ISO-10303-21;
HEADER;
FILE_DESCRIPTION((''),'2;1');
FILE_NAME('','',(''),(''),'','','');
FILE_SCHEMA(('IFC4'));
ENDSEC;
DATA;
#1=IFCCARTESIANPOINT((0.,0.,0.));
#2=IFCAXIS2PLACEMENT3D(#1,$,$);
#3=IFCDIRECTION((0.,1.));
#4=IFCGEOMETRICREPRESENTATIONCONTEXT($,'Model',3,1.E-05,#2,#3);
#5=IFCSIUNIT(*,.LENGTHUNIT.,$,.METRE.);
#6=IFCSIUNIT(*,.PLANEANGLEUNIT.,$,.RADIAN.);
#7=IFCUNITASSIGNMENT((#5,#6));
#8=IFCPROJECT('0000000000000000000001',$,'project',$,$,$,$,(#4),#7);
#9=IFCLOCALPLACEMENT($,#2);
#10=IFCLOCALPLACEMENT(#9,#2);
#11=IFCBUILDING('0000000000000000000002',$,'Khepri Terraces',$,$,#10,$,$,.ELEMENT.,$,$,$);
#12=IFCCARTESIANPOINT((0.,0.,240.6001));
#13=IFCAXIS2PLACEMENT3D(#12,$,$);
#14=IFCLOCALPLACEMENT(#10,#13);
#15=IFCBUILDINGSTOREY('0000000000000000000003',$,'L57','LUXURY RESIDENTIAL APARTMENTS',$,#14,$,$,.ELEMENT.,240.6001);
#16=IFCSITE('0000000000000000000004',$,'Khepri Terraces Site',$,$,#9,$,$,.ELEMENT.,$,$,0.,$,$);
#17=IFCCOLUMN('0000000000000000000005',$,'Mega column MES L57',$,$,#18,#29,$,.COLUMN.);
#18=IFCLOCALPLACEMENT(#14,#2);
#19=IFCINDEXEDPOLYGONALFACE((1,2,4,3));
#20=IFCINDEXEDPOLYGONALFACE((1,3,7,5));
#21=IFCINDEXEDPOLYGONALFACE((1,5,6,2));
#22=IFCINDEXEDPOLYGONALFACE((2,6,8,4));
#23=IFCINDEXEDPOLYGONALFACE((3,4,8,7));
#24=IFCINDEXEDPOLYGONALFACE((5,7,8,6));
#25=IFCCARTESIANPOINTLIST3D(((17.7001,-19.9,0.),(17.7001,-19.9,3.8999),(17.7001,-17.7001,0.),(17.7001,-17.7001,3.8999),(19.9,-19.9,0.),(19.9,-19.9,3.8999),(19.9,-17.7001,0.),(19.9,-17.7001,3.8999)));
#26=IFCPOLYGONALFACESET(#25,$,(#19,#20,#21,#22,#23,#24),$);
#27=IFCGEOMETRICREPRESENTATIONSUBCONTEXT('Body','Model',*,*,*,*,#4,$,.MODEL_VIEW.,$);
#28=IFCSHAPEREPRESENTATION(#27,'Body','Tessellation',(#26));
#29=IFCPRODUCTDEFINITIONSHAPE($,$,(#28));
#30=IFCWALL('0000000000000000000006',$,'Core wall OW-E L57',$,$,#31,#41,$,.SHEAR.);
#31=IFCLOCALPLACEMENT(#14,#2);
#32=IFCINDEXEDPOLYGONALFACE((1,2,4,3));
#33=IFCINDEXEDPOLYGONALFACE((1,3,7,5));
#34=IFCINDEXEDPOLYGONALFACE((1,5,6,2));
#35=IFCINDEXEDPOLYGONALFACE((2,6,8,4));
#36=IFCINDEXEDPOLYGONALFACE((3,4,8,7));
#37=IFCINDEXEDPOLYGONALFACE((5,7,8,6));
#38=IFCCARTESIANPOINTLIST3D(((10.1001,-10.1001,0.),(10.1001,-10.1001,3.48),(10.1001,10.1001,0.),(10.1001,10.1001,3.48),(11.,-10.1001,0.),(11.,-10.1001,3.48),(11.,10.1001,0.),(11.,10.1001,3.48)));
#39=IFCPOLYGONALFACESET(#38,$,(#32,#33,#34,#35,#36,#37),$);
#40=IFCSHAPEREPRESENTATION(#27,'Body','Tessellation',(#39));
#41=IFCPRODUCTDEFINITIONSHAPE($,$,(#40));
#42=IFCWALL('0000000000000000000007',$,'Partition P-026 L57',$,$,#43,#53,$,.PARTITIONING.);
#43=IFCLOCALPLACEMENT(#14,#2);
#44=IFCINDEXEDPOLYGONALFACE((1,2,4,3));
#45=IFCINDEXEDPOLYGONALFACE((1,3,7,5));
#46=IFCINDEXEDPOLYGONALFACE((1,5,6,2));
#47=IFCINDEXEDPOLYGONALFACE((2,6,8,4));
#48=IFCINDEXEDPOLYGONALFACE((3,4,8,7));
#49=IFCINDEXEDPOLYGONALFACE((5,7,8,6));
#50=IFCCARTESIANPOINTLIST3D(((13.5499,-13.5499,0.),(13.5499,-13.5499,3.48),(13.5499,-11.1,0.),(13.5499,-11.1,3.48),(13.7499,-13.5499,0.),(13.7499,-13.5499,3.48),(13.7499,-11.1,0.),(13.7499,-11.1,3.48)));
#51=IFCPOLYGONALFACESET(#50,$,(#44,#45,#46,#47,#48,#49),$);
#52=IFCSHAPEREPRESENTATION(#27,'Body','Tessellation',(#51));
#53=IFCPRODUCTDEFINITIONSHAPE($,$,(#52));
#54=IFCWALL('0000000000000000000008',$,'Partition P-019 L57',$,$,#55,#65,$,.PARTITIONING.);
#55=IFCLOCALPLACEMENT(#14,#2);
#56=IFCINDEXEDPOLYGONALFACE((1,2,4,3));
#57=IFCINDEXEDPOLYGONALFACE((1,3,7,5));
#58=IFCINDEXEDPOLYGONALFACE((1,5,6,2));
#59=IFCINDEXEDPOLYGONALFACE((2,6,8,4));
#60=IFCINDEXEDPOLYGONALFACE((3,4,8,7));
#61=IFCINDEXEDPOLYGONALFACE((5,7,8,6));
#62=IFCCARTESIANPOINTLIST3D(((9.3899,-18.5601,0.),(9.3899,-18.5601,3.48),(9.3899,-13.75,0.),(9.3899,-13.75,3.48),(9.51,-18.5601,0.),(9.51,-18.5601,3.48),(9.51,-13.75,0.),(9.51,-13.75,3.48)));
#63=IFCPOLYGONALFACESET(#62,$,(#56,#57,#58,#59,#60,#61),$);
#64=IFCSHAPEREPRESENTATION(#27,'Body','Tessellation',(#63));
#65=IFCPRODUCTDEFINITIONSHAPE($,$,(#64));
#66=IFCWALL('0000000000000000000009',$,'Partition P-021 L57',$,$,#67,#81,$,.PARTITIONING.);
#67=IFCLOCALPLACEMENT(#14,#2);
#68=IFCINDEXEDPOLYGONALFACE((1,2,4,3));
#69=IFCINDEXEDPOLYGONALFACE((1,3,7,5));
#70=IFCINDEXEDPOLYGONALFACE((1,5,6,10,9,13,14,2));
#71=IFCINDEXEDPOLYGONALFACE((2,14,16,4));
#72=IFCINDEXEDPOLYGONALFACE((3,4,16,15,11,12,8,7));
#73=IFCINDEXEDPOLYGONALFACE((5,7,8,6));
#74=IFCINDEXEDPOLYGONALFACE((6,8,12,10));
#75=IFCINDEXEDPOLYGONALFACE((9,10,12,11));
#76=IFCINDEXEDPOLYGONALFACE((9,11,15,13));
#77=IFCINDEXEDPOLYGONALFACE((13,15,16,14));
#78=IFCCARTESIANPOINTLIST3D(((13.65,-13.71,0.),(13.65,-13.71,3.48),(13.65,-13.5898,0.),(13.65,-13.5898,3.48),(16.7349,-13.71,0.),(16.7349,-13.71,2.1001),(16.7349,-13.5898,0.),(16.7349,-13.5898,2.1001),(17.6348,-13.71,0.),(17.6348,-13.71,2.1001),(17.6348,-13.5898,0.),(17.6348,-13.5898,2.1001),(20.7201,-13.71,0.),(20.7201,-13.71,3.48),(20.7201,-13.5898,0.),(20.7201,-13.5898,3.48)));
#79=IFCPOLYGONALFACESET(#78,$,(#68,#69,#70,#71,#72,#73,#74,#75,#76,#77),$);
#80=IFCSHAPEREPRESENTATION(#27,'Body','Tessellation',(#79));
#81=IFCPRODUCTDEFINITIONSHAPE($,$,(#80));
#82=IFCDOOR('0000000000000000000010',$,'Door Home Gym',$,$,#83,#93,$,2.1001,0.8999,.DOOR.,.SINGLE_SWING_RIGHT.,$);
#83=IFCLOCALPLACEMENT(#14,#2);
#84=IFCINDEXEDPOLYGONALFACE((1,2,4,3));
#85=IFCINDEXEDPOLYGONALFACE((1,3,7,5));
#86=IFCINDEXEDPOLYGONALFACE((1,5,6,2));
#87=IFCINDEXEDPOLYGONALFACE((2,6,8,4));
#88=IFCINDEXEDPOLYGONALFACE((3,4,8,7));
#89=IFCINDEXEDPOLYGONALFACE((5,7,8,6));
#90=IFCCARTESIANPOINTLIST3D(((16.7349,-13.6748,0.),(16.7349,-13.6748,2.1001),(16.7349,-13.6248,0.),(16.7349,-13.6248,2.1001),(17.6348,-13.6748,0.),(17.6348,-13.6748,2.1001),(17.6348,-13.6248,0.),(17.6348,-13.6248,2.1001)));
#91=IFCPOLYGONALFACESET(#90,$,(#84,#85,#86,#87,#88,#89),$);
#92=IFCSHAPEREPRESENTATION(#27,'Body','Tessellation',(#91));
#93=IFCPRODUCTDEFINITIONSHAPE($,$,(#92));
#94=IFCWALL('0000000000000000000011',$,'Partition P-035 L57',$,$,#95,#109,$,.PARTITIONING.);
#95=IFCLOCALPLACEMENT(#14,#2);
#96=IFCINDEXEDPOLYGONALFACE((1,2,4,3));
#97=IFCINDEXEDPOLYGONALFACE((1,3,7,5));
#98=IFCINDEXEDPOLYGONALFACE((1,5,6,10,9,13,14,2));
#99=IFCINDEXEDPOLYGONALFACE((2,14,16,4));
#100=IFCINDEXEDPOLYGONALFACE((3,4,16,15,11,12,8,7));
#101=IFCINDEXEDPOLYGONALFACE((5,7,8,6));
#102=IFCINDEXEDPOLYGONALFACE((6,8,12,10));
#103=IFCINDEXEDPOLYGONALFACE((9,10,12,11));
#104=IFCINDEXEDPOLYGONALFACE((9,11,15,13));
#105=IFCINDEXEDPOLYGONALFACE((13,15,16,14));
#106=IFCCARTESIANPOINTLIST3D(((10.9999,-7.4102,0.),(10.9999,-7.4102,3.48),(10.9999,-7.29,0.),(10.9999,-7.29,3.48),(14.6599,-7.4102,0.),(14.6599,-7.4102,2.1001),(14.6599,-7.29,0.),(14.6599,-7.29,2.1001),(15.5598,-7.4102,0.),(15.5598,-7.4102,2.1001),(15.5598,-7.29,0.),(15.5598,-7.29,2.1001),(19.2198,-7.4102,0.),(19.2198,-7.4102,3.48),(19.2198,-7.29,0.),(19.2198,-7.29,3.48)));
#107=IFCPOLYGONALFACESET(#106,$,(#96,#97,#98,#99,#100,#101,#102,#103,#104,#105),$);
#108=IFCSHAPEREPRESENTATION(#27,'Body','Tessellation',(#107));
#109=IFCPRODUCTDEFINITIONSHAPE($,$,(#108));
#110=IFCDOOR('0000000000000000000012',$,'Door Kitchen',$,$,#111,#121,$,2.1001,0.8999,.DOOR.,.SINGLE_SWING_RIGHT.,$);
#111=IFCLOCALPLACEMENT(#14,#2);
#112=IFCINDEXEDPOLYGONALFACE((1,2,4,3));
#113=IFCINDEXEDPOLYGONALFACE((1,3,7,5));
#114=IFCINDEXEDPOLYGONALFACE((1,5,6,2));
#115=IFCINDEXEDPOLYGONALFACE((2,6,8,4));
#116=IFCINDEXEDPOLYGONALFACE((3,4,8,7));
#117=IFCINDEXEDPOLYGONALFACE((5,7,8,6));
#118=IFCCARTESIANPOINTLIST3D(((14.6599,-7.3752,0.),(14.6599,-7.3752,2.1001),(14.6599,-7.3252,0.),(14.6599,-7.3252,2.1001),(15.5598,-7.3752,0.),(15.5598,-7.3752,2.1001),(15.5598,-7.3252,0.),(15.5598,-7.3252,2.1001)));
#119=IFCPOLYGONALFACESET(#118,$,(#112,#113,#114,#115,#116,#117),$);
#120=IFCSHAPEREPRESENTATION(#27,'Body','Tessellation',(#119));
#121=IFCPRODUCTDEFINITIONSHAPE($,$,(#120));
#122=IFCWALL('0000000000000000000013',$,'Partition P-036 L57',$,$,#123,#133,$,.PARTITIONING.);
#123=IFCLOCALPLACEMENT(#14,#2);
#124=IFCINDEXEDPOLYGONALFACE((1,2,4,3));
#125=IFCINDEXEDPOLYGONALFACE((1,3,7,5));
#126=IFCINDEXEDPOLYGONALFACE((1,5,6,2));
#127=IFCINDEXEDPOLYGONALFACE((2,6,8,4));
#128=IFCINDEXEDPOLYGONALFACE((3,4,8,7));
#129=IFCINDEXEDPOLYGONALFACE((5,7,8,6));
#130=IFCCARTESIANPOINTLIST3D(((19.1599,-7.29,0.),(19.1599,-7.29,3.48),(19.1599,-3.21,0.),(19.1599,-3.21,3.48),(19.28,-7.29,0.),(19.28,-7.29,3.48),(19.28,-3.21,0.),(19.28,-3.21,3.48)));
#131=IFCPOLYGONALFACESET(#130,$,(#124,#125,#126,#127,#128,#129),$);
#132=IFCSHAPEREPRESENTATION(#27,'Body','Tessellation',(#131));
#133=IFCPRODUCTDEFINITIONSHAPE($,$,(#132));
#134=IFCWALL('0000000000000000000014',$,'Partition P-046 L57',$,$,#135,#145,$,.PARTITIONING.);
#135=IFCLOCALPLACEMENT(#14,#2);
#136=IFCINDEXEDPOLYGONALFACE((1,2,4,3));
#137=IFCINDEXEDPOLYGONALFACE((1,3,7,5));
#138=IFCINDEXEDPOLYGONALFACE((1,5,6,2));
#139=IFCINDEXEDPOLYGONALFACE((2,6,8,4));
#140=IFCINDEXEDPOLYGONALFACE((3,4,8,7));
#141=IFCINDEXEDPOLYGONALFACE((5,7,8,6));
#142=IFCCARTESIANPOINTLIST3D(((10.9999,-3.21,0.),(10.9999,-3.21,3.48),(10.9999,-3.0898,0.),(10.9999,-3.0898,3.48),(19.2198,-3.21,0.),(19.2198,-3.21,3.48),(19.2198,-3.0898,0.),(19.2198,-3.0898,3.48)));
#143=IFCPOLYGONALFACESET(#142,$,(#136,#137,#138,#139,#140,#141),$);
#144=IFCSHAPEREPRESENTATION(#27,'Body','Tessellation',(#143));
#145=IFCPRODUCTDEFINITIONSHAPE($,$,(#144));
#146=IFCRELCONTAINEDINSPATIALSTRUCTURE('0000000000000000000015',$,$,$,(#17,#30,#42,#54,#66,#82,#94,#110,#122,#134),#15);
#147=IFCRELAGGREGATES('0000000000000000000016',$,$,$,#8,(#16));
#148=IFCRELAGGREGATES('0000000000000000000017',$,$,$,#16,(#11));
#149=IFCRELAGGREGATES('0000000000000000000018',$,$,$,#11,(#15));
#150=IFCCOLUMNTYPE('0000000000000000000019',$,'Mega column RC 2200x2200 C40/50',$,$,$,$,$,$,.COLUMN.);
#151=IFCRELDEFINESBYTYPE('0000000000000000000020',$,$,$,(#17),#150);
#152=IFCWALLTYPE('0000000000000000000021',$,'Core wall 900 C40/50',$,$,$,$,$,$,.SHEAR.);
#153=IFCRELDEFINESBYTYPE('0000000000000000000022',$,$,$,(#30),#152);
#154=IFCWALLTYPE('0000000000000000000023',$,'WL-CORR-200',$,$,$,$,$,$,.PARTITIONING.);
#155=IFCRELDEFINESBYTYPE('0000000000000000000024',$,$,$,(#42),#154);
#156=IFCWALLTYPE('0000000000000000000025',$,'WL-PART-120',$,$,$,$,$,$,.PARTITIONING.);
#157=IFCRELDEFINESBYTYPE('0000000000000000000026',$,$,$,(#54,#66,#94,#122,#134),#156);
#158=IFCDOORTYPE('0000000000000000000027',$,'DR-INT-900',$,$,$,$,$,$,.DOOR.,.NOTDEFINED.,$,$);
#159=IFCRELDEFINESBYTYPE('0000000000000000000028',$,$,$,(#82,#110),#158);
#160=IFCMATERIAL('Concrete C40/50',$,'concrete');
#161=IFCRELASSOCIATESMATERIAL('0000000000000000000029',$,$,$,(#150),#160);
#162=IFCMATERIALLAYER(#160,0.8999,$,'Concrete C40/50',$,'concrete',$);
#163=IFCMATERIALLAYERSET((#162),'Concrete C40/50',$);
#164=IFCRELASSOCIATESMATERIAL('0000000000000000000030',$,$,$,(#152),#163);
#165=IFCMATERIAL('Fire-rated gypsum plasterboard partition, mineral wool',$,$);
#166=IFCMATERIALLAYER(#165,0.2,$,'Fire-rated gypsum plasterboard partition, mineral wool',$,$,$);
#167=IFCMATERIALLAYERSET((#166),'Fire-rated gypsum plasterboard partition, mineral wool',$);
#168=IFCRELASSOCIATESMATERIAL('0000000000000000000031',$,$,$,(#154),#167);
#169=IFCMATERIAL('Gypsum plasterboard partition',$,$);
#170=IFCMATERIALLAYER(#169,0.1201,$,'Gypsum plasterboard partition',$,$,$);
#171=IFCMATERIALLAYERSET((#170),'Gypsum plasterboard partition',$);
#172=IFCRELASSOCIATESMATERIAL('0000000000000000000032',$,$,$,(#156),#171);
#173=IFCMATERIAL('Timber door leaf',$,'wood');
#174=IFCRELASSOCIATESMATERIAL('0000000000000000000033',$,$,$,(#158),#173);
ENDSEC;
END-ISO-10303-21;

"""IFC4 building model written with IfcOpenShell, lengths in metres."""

from ifc_helpers import new_model, si_unit, direction, frame, frame_2d, origin, origin_2d, place, context, subcontext, project, spatial, rectangle, extrude, material, layer, layer_set, material_profile, profile_set, type_object, element, fill, save


model = new_model("IFC4")

# Units and contexts
model_context = context("Model", 3, precision=1e-05, world=origin(), true_north=direction((0.0, 1.0)))
body_context = subcontext(model_context, "Body", "Model", "MODEL_VIEW")
ifc_project = project(units=[si_unit("LENGTHUNIT", "METRE"), si_unit("PLANEANGLEUNIT", "RADIAN")], contexts=[model_context])

# Site, building, storey
site_placement = place(None, origin())
site = spatial("IfcSite", under=ifc_project, at=site_placement, Name="Khepri Terraces Site", CompositionType="ELEMENT", RefElevation=0.0)
building_placement = place(site_placement, origin())
building = spatial("IfcBuilding", under=site, at=building_placement, Name="Khepri Terraces", CompositionType="ELEMENT")
storey_placement = place(building_placement, frame((0.0, 0.0, 240.6001)))
storey = spatial("IfcBuildingStorey", under=building, at=storey_placement, Name="L57", Description="LUXURY RESIDENTIAL APARTMENTS", CompositionType="ELEMENT", Elevation=240.6001)

# Column
ifc_material_1 = material(Name="Concrete C40/50", Category="concrete")
ifc_material_profile = material_profile(ifc_material_1, rectangle(XDim=2.2, YDim=2.2, at=origin_2d()), Name="Concrete C40/50", Category="concrete")
ifc_profile_set = profile_set([ifc_material_profile], Name="Concrete C40/50")
column_type = type_object("IfcColumnType", Name="Mega column RC 2200x2200 C40/50", PredefinedType="COLUMN", material=ifc_profile_set)
column_placement = place(storey_placement, frame((18.8, -18.8, 0.0), z_axis=(0.0, 0.0, 1.0), x_axis=(1.0, 0.0, 0.0)))
element("IfcColumn", 1, at=column_placement, inside=storey, type_object=column_type, Name="Mega column MES L57", PredefinedType="COLUMN", context=body_context, shape_type="SweptSolid", body=[
    extrude(rectangle(XDim=2.2, YDim=2.2, at=origin_2d()), origin(), (0.0, 0.0, 1.0), 3.8999),
])

# Walls
ifc_layer_1 = layer(ifc_material_1, 0.8999, Name="Concrete C40/50", Category="concrete")
ifc_layer_set_1 = layer_set([ifc_layer_1], Name="Concrete C40/50")
wall_type_1 = type_object("IfcWallType", Name="Core wall 900 C40/50", PredefinedType="SHEAR", material=ifc_layer_set_1)
wall_1_placement = place(storey_placement, frame((10.55, -10.1001, 0.0), z_axis=(0.0, 0.0, 1.0), x_axis=(0.0, 1.0, 0.0)))
element("IfcWall", 2, at=wall_1_placement, inside=storey, type_object=wall_type_1, Name="Core wall OW-E L57", PredefinedType="SHEAR", context=body_context, shape_type="SweptSolid", body=[
    extrude(rectangle(XDim=20.2002, YDim=0.8999, at=frame_2d((10.1001, 0.0))), origin(), (0.0, 0.0, 1.0), 3.48),
])
ifc_material_2 = material(Name="Fire-rated gypsum plasterboard partition, mineral wool")
ifc_layer_2 = layer(ifc_material_2, 0.2, Name="Fire-rated gypsum plasterboard partition, mineral wool")
ifc_layer_set_2 = layer_set([ifc_layer_2], Name="Fire-rated gypsum plasterboard partition, mineral wool")
wall_type_2 = type_object("IfcWallType", Name="WL-CORR-200", PredefinedType="PARTITIONING", material=ifc_layer_set_2)
wall_2_placement = place(storey_placement, frame((13.6499, -13.55, 0.0), z_axis=(0.0, 0.0, 1.0), x_axis=(0.0, 1.0, 0.0)))
element("IfcWall", 3, at=wall_2_placement, inside=storey, type_object=wall_type_2, Name="Partition P-026 L57", PredefinedType="PARTITIONING", context=body_context, shape_type="SweptSolid", body=[
    extrude(rectangle(XDim=2.45, YDim=0.2, at=frame_2d((1.2251, 0.0))), origin(), (0.0, 0.0, 1.0), 3.48),
])

# Wall
ifc_material_3 = material(Name="Gypsum plasterboard partition")
ifc_layer_3 = layer(ifc_material_3, 0.1201, Name="Gypsum plasterboard partition")
ifc_layer_set_3 = layer_set([ifc_layer_3], Name="Gypsum plasterboard partition")
wall_type_3 = type_object("IfcWallType", Name="WL-PART-120", PredefinedType="PARTITIONING", material=ifc_layer_set_3)
wall_3_placement = place(storey_placement, frame((9.45, -18.5601, 0.0), z_axis=(0.0, 0.0, 1.0), x_axis=(0.0, 1.0, 0.0)))
element("IfcWall", 4, at=wall_3_placement, inside=storey, type_object=wall_type_3, Name="Partition P-019 L57", PredefinedType="PARTITIONING", context=body_context, shape_type="SweptSolid", body=[
    extrude(rectangle(XDim=4.8101, YDim=0.1201, at=frame_2d((2.405, 0.0))), origin(), (0.0, 0.0, 1.0), 3.48),
])

# Walls, openings, doors
wall_4_placement = place(storey_placement, frame((13.6499, -13.6499, 0.0), z_axis=(0.0, 0.0, 1.0), x_axis=(1.0, 0.0, 0.0)))
wall_4 = element("IfcWall", 5, at=wall_4_placement, inside=storey, type_object=wall_type_3, Name="Partition P-021 L57", PredefinedType="PARTITIONING", context=body_context, shape_type="SweptSolid", body=[
    extrude(rectangle(XDim=7.0701, YDim=0.1201, at=frame_2d((3.5352, 0.0))), origin(), (0.0, 0.0, 1.0), 3.48),
])
opening_1_placement = place(wall_4_placement, frame((3.085, 0.0, 0.0)))
opening_1 = element("IfcOpeningElement", 6, at=opening_1_placement, cuts=wall_4, PredefinedType="OPENING", context=body_context, shape_type="SweptSolid", body=[
    extrude(rectangle(XDim=0.8999, YDim=2.1001, at=frame_2d((0.45, 1.05))), frame((0.0, 0.0701, 0.0), z_axis=(0.0, -1.0, 0.0), x_axis=(1.0, 0.0, 0.0)), (0.0, 0.0, 1.0), 0.1401),
])
ifc_material_4 = material(Name="Timber door leaf", Category="wood")
door_type_1 = type_object("IfcDoorType", Name="DR-INT-900", OperationType="NOTDEFINED", PredefinedType="DOOR", material=ifc_material_4)
door_1_placement = place(opening_1_placement, frame((0.8999, 0.0, 0.0), z_axis=(0.0, 0.0, 1.0), x_axis=(-1.0, 0.0, 0.0)))
door_1 = element("IfcDoor", 7, at=door_1_placement, inside=storey, type_object=door_type_1, Name="Door Home Gym", OperationType="SINGLE_SWING_RIGHT", OverallHeight=2.1001, OverallWidth=0.8999, PredefinedType="DOOR", context=body_context, shape_type="SweptSolid", body=[
    extrude(rectangle(XDim=0.8999, YDim=2.1001, at=frame_2d((0.45, 1.05))), frame((0.0, 0.0249, 0.0), z_axis=(0.0, -1.0, 0.0), x_axis=(1.0, 0.0, 0.0)), (0.0, 0.0, 1.0), 0.05),
])
fill(opening_1, door_1)
wall_5_placement = place(storey_placement, frame((11.0, -7.3501, 0.0), z_axis=(0.0, 0.0, 1.0), x_axis=(1.0, 0.0, 0.0)))
wall_5 = element("IfcWall", 8, at=wall_5_placement, inside=storey, type_object=wall_type_3, Name="Partition P-035 L57", PredefinedType="PARTITIONING", context=body_context, shape_type="SweptSolid", body=[
    extrude(rectangle(XDim=8.22, YDim=0.1201, at=frame_2d((4.1099, 0.0))), origin(), (0.0, 0.0, 1.0), 3.48),
])
opening_2_placement = place(wall_5_placement, frame((3.6599, 0.0, 0.0)))
opening_2 = element("IfcOpeningElement", 9, at=opening_2_placement, cuts=wall_5, PredefinedType="OPENING", context=body_context, shape_type="SweptSolid", body=[
    extrude(rectangle(XDim=0.8999, YDim=2.1001, at=frame_2d((0.45, 1.05))), frame((0.0, 0.0701, 0.0), z_axis=(0.0, -1.0, 0.0), x_axis=(1.0, 0.0, 0.0)), (0.0, 0.0, 1.0), 0.1401),
])
door_2_placement = place(opening_2_placement, origin())
door_2 = element("IfcDoor", 10, at=door_2_placement, inside=storey, type_object=door_type_1, Name="Door Kitchen", OperationType="SINGLE_SWING_RIGHT", OverallHeight=2.1001, OverallWidth=0.8999, PredefinedType="DOOR", context=body_context, shape_type="SweptSolid", body=[
    extrude(rectangle(XDim=0.8999, YDim=2.1001, at=frame_2d((0.45, 1.05))), frame((0.0, 0.0249, 0.0), z_axis=(0.0, -1.0, 0.0), x_axis=(1.0, 0.0, 0.0)), (0.0, 0.0, 1.0), 0.05),
])
fill(opening_2, door_2)

# Walls
wall_6_placement = place(storey_placement, frame((19.22, -7.29, 0.0), z_axis=(0.0, 0.0, 1.0), x_axis=(0.0, 1.0, 0.0)))
element("IfcWall", 11, at=wall_6_placement, inside=storey, type_object=wall_type_3, Name="Partition P-036 L57", PredefinedType="PARTITIONING", context=body_context, shape_type="SweptSolid", body=[
    extrude(rectangle(XDim=4.0801, YDim=0.1201, at=frame_2d((2.04, 0.0))), origin(), (0.0, 0.0, 1.0), 3.48),
])
wall_7_placement = place(storey_placement, frame((11.0, -3.1499, 0.0), z_axis=(0.0, 0.0, 1.0), x_axis=(1.0, 0.0, 0.0)))
element("IfcWall", 12, at=wall_7_placement, inside=storey, type_object=wall_type_3, Name="Partition P-046 L57", PredefinedType="PARTITIONING", context=body_context, shape_type="SweptSolid", body=[
    extrude(rectangle(XDim=8.22, YDim=0.1201, at=frame_2d((4.1099, 0.0))), origin(), (0.0, 0.0, 1.0), 3.48),
])

save(model, "model.ifc")
